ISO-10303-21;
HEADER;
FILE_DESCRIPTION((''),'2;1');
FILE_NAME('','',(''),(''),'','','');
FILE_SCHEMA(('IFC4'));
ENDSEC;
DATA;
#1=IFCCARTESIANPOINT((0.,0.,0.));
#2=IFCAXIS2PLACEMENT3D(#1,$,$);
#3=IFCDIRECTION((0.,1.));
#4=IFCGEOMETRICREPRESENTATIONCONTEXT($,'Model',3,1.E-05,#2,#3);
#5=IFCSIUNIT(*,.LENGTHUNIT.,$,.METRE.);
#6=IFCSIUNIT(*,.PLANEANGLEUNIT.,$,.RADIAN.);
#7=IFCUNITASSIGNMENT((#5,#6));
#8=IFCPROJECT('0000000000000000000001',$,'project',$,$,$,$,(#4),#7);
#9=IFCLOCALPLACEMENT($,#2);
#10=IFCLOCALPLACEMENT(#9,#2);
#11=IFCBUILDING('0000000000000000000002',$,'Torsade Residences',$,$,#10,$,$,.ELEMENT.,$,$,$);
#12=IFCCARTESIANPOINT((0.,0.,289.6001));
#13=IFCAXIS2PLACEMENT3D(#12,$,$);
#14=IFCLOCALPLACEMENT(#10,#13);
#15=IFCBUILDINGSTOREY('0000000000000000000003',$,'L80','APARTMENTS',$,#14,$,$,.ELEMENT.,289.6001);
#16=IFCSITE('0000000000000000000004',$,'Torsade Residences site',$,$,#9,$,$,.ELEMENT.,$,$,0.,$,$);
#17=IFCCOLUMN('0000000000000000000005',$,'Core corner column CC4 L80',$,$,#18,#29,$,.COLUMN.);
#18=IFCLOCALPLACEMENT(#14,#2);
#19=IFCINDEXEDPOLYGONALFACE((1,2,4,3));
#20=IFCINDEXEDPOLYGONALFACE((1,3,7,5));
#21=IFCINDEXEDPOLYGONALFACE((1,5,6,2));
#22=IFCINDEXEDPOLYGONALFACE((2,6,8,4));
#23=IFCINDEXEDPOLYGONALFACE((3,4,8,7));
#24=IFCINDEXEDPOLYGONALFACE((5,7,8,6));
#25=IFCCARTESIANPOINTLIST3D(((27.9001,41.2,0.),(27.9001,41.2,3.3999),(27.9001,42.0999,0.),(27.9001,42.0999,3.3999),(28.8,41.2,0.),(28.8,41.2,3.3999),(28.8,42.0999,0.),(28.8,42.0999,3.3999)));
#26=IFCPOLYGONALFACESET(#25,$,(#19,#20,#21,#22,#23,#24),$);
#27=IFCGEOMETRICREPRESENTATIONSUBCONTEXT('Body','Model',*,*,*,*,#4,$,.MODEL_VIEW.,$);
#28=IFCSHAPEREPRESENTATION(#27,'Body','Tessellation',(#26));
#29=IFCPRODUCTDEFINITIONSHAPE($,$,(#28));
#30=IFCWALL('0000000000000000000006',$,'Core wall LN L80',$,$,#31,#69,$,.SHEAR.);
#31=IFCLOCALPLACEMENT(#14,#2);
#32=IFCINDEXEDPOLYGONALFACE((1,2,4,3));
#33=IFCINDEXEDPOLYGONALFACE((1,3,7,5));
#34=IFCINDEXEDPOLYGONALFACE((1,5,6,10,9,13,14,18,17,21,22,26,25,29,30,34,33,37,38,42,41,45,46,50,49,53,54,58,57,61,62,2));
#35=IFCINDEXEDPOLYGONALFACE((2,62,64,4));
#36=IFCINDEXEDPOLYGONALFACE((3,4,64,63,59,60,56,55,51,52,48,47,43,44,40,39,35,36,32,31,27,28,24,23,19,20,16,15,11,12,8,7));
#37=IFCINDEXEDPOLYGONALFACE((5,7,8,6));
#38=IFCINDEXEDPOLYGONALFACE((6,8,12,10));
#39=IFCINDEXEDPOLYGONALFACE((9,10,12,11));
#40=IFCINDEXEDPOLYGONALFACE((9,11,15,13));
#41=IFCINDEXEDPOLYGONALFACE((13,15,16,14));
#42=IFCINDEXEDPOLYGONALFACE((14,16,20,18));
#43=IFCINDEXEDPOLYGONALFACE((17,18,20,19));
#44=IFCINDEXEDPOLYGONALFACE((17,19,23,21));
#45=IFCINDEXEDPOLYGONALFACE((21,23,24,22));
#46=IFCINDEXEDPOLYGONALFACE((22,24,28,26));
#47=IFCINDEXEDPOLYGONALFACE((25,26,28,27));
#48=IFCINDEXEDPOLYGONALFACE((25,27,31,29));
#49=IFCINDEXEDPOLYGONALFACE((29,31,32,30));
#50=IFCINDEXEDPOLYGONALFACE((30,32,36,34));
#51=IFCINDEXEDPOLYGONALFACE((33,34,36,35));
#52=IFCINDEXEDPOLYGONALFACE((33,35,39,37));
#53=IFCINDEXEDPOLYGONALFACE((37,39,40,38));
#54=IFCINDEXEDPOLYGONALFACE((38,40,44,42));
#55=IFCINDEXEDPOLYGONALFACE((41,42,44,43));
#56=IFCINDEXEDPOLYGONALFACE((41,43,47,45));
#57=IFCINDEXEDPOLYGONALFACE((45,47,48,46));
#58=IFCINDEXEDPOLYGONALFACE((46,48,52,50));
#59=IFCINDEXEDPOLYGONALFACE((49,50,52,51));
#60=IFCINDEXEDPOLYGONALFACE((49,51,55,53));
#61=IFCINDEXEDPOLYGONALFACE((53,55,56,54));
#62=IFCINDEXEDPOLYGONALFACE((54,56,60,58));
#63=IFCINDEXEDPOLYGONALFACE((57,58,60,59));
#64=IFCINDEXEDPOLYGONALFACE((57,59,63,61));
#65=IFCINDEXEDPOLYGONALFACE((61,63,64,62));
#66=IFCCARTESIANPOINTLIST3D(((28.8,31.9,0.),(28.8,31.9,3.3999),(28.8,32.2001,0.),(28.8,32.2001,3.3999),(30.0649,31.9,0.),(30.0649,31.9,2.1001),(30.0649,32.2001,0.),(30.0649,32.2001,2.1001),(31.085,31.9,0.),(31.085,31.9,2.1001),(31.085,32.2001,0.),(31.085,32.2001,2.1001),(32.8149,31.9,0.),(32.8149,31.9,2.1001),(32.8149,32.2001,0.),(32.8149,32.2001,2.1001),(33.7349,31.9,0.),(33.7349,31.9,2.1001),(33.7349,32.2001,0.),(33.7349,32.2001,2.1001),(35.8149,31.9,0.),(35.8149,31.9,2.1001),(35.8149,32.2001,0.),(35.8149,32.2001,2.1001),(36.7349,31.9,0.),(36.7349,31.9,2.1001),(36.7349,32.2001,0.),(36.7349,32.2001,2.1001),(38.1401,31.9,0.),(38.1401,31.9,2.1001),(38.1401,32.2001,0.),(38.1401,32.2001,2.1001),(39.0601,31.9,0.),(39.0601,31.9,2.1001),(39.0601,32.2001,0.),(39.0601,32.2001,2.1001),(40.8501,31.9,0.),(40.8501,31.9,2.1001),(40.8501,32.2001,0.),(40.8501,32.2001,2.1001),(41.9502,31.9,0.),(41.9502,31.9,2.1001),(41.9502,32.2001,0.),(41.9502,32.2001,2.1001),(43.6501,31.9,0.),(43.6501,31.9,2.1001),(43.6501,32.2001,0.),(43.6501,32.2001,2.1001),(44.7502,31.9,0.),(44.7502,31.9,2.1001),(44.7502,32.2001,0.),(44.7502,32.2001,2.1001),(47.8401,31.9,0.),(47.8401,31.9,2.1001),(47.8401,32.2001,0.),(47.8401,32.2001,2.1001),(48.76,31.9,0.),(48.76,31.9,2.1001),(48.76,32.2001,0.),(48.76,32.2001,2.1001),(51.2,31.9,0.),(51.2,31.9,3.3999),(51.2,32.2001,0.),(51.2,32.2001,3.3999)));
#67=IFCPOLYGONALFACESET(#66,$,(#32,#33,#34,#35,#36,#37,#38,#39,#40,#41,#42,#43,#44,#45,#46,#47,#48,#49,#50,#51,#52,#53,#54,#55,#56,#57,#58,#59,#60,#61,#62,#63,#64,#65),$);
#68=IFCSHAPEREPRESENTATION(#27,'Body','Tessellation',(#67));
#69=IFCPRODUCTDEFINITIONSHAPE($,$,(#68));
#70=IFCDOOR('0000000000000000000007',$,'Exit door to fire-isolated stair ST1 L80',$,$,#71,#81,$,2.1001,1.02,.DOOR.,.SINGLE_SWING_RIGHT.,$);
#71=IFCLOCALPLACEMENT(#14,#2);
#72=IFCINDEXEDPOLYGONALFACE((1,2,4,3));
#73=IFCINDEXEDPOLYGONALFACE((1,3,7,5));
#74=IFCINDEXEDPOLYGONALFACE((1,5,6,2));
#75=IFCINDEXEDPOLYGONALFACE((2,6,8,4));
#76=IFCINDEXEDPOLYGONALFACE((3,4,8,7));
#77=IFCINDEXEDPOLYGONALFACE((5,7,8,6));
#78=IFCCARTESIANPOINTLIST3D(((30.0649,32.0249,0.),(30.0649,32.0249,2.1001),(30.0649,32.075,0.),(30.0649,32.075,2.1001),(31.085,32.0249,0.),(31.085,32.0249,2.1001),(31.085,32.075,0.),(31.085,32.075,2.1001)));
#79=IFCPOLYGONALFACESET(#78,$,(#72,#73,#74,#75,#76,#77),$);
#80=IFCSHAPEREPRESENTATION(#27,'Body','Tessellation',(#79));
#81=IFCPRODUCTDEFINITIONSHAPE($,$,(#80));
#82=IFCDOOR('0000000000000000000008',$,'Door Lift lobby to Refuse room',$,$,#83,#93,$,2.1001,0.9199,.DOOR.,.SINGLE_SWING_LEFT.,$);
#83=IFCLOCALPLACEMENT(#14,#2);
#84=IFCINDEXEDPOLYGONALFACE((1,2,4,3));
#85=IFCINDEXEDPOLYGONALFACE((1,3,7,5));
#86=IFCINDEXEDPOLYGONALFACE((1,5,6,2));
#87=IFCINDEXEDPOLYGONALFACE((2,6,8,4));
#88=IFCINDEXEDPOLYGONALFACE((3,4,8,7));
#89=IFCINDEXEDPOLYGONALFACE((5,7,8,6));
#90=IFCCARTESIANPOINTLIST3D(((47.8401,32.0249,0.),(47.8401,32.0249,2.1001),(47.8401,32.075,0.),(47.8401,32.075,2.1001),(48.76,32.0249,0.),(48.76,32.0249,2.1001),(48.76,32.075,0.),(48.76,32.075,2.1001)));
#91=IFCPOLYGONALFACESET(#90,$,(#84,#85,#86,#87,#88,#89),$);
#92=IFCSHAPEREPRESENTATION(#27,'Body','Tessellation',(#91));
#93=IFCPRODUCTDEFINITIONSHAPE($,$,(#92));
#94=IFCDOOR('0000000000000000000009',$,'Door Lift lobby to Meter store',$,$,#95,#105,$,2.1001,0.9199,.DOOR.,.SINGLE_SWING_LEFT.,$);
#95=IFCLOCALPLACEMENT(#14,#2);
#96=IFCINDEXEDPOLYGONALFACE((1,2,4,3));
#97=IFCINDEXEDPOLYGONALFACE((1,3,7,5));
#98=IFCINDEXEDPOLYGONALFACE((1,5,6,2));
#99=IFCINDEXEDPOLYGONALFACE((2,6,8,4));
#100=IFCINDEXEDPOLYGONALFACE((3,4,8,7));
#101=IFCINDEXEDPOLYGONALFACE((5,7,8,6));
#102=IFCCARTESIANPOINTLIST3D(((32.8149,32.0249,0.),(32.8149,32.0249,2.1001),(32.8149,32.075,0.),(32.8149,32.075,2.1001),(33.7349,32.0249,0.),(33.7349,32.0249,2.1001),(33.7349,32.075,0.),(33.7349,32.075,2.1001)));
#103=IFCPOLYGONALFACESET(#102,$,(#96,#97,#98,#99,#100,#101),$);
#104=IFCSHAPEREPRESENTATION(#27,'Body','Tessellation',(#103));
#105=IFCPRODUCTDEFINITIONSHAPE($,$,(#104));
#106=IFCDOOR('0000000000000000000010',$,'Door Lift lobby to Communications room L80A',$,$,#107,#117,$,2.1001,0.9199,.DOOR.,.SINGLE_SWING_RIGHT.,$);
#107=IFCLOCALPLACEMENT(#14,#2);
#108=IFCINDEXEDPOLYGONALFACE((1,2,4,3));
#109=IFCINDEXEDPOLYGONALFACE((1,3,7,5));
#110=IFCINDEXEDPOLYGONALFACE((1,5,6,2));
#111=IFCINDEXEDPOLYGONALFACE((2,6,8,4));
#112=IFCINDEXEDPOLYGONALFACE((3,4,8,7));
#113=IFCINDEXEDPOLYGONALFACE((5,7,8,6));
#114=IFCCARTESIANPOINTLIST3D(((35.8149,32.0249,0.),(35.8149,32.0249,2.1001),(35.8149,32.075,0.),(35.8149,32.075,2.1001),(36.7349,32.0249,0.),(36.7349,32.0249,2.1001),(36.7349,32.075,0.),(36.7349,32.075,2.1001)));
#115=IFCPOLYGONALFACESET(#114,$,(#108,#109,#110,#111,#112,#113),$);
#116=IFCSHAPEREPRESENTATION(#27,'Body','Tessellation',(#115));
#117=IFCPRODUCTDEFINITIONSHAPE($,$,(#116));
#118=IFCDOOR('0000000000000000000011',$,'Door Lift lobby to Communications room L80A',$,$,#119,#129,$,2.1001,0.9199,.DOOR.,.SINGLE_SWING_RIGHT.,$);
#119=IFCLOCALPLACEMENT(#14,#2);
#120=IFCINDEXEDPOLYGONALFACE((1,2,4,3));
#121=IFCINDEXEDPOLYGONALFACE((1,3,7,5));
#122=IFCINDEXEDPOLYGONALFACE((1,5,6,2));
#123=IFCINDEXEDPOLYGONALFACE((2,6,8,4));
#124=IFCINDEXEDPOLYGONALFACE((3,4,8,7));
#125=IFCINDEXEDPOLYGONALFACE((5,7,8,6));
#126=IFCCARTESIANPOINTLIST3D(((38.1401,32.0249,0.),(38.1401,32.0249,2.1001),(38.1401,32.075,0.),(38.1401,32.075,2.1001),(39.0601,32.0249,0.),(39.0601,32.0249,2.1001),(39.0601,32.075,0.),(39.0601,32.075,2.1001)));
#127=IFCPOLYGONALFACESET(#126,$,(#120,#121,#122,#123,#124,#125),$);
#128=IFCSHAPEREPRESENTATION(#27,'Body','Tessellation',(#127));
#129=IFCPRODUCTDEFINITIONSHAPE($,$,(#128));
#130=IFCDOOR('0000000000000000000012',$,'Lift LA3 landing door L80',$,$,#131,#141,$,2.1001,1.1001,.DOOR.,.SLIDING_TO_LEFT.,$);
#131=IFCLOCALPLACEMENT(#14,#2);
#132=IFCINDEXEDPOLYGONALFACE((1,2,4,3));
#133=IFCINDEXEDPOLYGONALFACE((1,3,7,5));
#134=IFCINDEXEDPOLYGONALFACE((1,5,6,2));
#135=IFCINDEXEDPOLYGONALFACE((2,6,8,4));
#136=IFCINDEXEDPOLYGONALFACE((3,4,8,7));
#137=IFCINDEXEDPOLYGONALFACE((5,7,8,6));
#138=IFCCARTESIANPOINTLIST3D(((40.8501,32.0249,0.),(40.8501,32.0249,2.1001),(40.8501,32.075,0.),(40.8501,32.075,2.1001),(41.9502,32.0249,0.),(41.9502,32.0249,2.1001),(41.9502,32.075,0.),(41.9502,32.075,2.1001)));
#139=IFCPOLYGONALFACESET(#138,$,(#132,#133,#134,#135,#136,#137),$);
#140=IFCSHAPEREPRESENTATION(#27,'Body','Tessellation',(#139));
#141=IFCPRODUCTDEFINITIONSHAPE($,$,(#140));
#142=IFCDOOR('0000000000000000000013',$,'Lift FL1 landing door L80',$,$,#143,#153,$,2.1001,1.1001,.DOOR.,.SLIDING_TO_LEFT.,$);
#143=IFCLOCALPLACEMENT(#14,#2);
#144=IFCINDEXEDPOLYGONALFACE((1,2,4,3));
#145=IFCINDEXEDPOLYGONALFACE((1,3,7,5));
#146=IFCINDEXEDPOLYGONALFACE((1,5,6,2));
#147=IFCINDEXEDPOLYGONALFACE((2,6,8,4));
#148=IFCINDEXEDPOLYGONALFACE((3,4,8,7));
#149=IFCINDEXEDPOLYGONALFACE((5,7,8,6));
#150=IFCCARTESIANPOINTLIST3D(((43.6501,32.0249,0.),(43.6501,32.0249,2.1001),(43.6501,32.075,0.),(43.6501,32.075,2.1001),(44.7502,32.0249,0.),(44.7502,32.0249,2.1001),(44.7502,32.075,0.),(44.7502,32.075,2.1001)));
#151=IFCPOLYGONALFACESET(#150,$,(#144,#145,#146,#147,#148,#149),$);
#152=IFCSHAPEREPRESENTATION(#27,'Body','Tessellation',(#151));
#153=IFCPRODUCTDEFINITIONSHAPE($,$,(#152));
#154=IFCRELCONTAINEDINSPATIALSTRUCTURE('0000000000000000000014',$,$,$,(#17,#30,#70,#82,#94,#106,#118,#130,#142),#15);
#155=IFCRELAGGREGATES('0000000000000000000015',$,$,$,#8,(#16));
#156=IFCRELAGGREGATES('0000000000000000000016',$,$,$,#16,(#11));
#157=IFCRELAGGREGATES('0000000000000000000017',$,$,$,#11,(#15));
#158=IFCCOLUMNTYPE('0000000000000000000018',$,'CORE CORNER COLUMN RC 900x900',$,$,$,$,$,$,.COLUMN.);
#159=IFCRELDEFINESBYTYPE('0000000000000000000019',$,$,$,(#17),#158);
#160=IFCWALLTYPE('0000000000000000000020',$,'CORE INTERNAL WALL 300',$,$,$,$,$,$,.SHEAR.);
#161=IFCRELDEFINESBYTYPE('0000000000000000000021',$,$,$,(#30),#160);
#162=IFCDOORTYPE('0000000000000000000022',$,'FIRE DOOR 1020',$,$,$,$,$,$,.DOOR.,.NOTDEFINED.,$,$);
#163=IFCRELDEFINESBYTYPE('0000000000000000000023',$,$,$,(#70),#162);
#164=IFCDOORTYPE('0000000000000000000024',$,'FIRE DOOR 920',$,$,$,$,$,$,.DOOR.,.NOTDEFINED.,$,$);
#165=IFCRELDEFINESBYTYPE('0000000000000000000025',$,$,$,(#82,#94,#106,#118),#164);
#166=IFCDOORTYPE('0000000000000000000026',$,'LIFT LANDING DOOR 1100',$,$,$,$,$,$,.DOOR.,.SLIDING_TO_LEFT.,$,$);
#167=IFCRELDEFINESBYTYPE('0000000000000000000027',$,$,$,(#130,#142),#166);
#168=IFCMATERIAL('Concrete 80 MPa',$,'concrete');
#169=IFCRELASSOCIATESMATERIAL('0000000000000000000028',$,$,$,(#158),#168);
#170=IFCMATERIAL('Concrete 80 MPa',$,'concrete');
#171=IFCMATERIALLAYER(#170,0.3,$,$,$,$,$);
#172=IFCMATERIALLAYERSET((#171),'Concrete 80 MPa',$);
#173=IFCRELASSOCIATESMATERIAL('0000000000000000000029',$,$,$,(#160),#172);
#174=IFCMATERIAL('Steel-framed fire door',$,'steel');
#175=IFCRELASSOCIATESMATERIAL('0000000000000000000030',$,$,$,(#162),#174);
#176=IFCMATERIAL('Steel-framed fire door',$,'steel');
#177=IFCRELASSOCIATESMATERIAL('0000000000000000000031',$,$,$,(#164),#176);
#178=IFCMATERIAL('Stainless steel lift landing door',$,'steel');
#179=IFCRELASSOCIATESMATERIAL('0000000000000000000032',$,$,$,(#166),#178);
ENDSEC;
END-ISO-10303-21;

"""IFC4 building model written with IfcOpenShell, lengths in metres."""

from ifc_helpers import new_model, si_unit, direction, frame, frame_2d, origin, origin_2d, place, context, subcontext, project, spatial, rectangle, extrude, material, layer, layer_set, material_profile, profile_set, type_object, element, fill, save


model = new_model("IFC4")

# Units and contexts
model_context = context("Model", 3, precision=1e-05, world=origin(), true_north=direction((0.0, 1.0)))
body_context = subcontext(model_context, "Body", "Model", "MODEL_VIEW")
ifc_project = project(units=[si_unit("LENGTHUNIT", "METRE"), si_unit("PLANEANGLEUNIT", "RADIAN")], contexts=[model_context])

# Site, building, storey
site_placement = place(None, origin())
site = spatial("IfcSite", under=ifc_project, at=site_placement, Name="Torsade Residences site", CompositionType="ELEMENT", RefElevation=0.0)
building_placement = place(site_placement, origin())
building = spatial("IfcBuilding", under=site, at=building_placement, Name="Torsade Residences", CompositionType="ELEMENT")
storey_placement = place(building_placement, frame((0.0, 0.0, 289.6001)))
storey = spatial("IfcBuildingStorey", under=building, at=storey_placement, Name="L80", Description="APARTMENTS", CompositionType="ELEMENT", Elevation=289.6001)

# Column
ifc_material_1 = material(Name="Concrete 80 MPa", Category="concrete")
ifc_material_profile = material_profile(ifc_material_1, rectangle(XDim=0.8999, YDim=0.8999, at=origin_2d()), Name="RC 900x900")
ifc_profile_set = profile_set([ifc_material_profile], Name="Concrete 80 MPa")
column_type = type_object("IfcColumnType", Name="CORE CORNER COLUMN RC 900x900", PredefinedType="COLUMN", material=ifc_profile_set)
column_placement = place(storey_placement, frame((28.3501, 41.6499, 0.0), z_axis=(0.0, 0.0, 1.0), x_axis=(1.0, 0.0, 0.0)))
element("IfcColumn", 1, at=column_placement, inside=storey, type_object=column_type, Name="Core corner column CC4 L80", PredefinedType="COLUMN", context=body_context, shape_type="SweptSolid", body=[
    extrude(rectangle(XDim=0.8999, YDim=0.8999, at=origin_2d()), origin(), (0.0, 0.0, 1.0), 3.3999),
])

# Wall, openings, doors
ifc_material_2 = material(Name="Concrete 80 MPa", Category="concrete")
ifc_layer_1 = layer(ifc_material_2, 0.3)
ifc_layer_set_1 = layer_set([ifc_layer_1], Name="Concrete 80 MPa")
wall_type_1 = type_object("IfcWallType", Name="CORE INTERNAL WALL 300", PredefinedType="SHEAR", material=ifc_layer_set_1)
wall_1_placement = place(storey_placement, frame((28.8, 32.05, 0.0), z_axis=(0.0, 0.0, 1.0), x_axis=(1.0, 0.0, 0.0)))
wall_1 = element("IfcWall", 2, at=wall_1_placement, inside=storey, type_object=wall_type_1, Name="Core wall LN L80", PredefinedType="SHEAR", context=body_context, shape_type="SweptSolid", body=[
    extrude(rectangle(XDim=22.3999, YDim=0.3, at=frame_2d((11.2, 0.0))), origin(), (0.0, 0.0, 1.0), 3.3999),
])
opening_1_placement = place(wall_1_placement, frame((19.04, 0.0, 0.0)))
opening_1 = element("IfcOpeningElement", 3, at=opening_1_placement, cuts=wall_1, PredefinedType="OPENING", context=body_context, shape_type="SweptSolid", body=[
    extrude(rectangle(XDim=0.9199, YDim=2.1001, at=frame_2d((0.46, 1.05))), frame((0.0, 0.1599, 0.0), z_axis=(0.0, -1.0, 0.0), x_axis=(1.0, 0.0, 0.0)), (0.0, 0.0, 1.0), 0.3201),
])
opening_2_placement = place(wall_1_placement, frame((1.2649, 0.0, 0.0)))
opening_2 = element("IfcOpeningElement", 4, at=opening_2_placement, cuts=wall_1, PredefinedType="OPENING", context=body_context, shape_type="SweptSolid", body=[
    extrude(rectangle(XDim=1.02, YDim=2.1001, at=frame_2d((0.51, 1.05))), frame((0.0, 0.1599, 0.0), z_axis=(0.0, -1.0, 0.0), x_axis=(1.0, 0.0, 0.0)), (0.0, 0.0, 1.0), 0.3201),
])
opening_3_placement = place(wall_1_placement, frame((4.0149, 0.0, 0.0)))
opening_3 = element("IfcOpeningElement", 5, at=opening_3_placement, cuts=wall_1, PredefinedType="OPENING", context=body_context, shape_type="SweptSolid", body=[
    extrude(rectangle(XDim=0.9199, YDim=2.1001, at=frame_2d((0.46, 1.05))), frame((0.0, 0.1599, 0.0), z_axis=(0.0, -1.0, 0.0), x_axis=(1.0, 0.0, 0.0)), (0.0, 0.0, 1.0), 0.3201),
])
opening_4_placement = place(wall_1_placement, frame((7.0149, 0.0, 0.0)))
opening_4 = element("IfcOpeningElement", 6, at=opening_4_placement, cuts=wall_1, PredefinedType="OPENING", context=body_context, shape_type="SweptSolid", body=[
    extrude(rectangle(XDim=0.9199, YDim=2.1001, at=frame_2d((0.46, 1.05))), frame((0.0, 0.1599, 0.0), z_axis=(0.0, -1.0, 0.0), x_axis=(1.0, 0.0, 0.0)), (0.0, 0.0, 1.0), 0.3201),
])
opening_5_placement = place(wall_1_placement, frame((9.3401, 0.0, 0.0)))
opening_5 = element("IfcOpeningElement", 7, at=opening_5_placement, cuts=wall_1, PredefinedType="OPENING", context=body_context, shape_type="SweptSolid", body=[
    extrude(rectangle(XDim=0.9199, YDim=2.1001, at=frame_2d((0.46, 1.05))), frame((0.0, 0.1599, 0.0), z_axis=(0.0, -1.0, 0.0), x_axis=(1.0, 0.0, 0.0)), (0.0, 0.0, 1.0), 0.3201),
])
opening_6_placement = place(wall_1_placement, frame((12.05, 0.0, 0.0)))
opening_6 = element("IfcOpeningElement", 8, at=opening_6_placement, cuts=wall_1, PredefinedType="OPENING", context=body_context, shape_type="SweptSolid", body=[
    extrude(rectangle(XDim=1.1001, YDim=2.1001, at=frame_2d((0.55, 1.05))), frame((0.0, 0.1599, 0.0), z_axis=(0.0, -1.0, 0.0), x_axis=(1.0, 0.0, 0.0)), (0.0, 0.0, 1.0), 0.3201),
])
opening_7_placement = place(wall_1_placement, frame((14.8501, 0.0, 0.0)))
opening_7 = element("IfcOpeningElement", 9, at=opening_7_placement, cuts=wall_1, PredefinedType="OPENING", context=body_context, shape_type="SweptSolid", body=[
    extrude(rectangle(XDim=1.1001, YDim=2.1001, at=frame_2d((0.55, 1.05))), frame((0.0, 0.1599, 0.0), z_axis=(0.0, -1.0, 0.0), x_axis=(1.0, 0.0, 0.0)), (0.0, 0.0, 1.0), 0.3201),
])
ifc_material_3 = material(Name="Steel-framed fire door", Category="steel")
door_type_1 = type_object("IfcDoorType", Name="FIRE DOOR 1020", OperationType="NOTDEFINED", PredefinedType="DOOR", material=ifc_material_3)
door_1_placement = place(opening_2_placement, origin())
door_1 = element("IfcDoor", 10, at=door_1_placement, inside=storey, type_object=door_type_1, Name="Exit door to fire-isolated stair ST1 L80", OperationType="SINGLE_SWING_RIGHT", OverallHeight=2.1001, OverallWidth=1.02, PredefinedType="DOOR", context=body_context, shape_type="SweptSolid", body=[
    extrude(rectangle(XDim=1.02, YDim=2.1001, at=frame_2d((0.51, 1.05))), frame((0.0, 0.0249, 0.0), z_axis=(0.0, -1.0, 0.0), x_axis=(1.0, 0.0, 0.0)), (0.0, 0.0, 1.0), 0.05),
])
fill(opening_2, door_1)
ifc_material_4 = material(Name="Steel-framed fire door", Category="steel")
door_type_2 = type_object("IfcDoorType", Name="FIRE DOOR 920", OperationType="NOTDEFINED", PredefinedType="DOOR", material=ifc_material_4)
door_2_placement = place(opening_1_placement, origin())
door_2 = element("IfcDoor", 11, at=door_2_placement, inside=storey, type_object=door_type_2, Name="Door Lift lobby to Refuse room", OperationType="SINGLE_SWING_LEFT", OverallHeight=2.1001, OverallWidth=0.9199, PredefinedType="DOOR", context=body_context, shape_type="SweptSolid", body=[
    extrude(rectangle(XDim=0.9199, YDim=2.1001, at=frame_2d((0.46, 1.05))), frame((0.0, 0.0249, 0.0), z_axis=(0.0, -1.0, 0.0), x_axis=(1.0, 0.0, 0.0)), (0.0, 0.0, 1.0), 0.05),
])
fill(opening_1, door_2)
door_3_placement = place(opening_3_placement, origin())
door_3 = element("IfcDoor", 12, at=door_3_placement, inside=storey, type_object=door_type_2, Name="Door Lift lobby to Meter store", OperationType="SINGLE_SWING_LEFT", OverallHeight=2.1001, OverallWidth=0.9199, PredefinedType="DOOR", context=body_context, shape_type="SweptSolid", body=[
    extrude(rectangle(XDim=0.9199, YDim=2.1001, at=frame_2d((0.46, 1.05))), frame((0.0, 0.0249, 0.0), z_axis=(0.0, -1.0, 0.0), x_axis=(1.0, 0.0, 0.0)), (0.0, 0.0, 1.0), 0.05),
])
fill(opening_3, door_3)
door_4_placement = place(opening_4_placement, origin())
door_4 = element("IfcDoor", 13, at=door_4_placement, inside=storey, type_object=door_type_2, Name="Door Lift lobby to Communications room L80A", OperationType="SINGLE_SWING_RIGHT", OverallHeight=2.1001, OverallWidth=0.9199, PredefinedType="DOOR", context=body_context, shape_type="SweptSolid", body=[
    extrude(rectangle(XDim=0.9199, YDim=2.1001, at=frame_2d((0.46, 1.05))), frame((0.0, 0.0249, 0.0), z_axis=(0.0, -1.0, 0.0), x_axis=(1.0, 0.0, 0.0)), (0.0, 0.0, 1.0), 0.05),
])
fill(opening_4, door_4)
door_5_placement = place(opening_5_placement, origin())
door_5 = element("IfcDoor", 14, at=door_5_placement, inside=storey, type_object=door_type_2, Name="Door Lift lobby to Communications room L80A", OperationType="SINGLE_SWING_RIGHT", OverallHeight=2.1001, OverallWidth=0.9199, PredefinedType="DOOR", context=body_context, shape_type="SweptSolid", body=[
    extrude(rectangle(XDim=0.9199, YDim=2.1001, at=frame_2d((0.46, 1.05))), frame((0.0, 0.0249, 0.0), z_axis=(0.0, -1.0, 0.0), x_axis=(1.0, 0.0, 0.0)), (0.0, 0.0, 1.0), 0.05),
])
fill(opening_5, door_5)
ifc_material_5 = material(Name="Stainless steel lift landing door", Category="steel")
door_type_3 = type_object("IfcDoorType", Name="LIFT LANDING DOOR 1100", OperationType="SLIDING_TO_LEFT", PredefinedType="DOOR", material=ifc_material_5)
door_6_placement = place(opening_6_placement, origin())
door_6 = element("IfcDoor", 15, at=door_6_placement, inside=storey, type_object=door_type_3, Name="Lift LA3 landing door L80", OperationType="SLIDING_TO_LEFT", OverallHeight=2.1001, OverallWidth=1.1001, PredefinedType="DOOR", context=body_context, shape_type="SweptSolid", body=[
    extrude(rectangle(XDim=1.1001, YDim=2.1001, at=frame_2d((0.55, 1.05))), frame((0.0, 0.0249, 0.0), z_axis=(0.0, -1.0, 0.0), x_axis=(1.0, 0.0, 0.0)), (0.0, 0.0, 1.0), 0.05),
])
fill(opening_6, door_6)
door_7_placement = place(opening_7_placement, origin())
door_7 = element("IfcDoor", 16, at=door_7_placement, inside=storey, type_object=door_type_3, Name="Lift FL1 landing door L80", OperationType="SLIDING_TO_LEFT", OverallHeight=2.1001, OverallWidth=1.1001, PredefinedType="DOOR", context=body_context, shape_type="SweptSolid", body=[
    extrude(rectangle(XDim=1.1001, YDim=2.1001, at=frame_2d((0.55, 1.05))), frame((0.0, 0.0249, 0.0), z_axis=(0.0, -1.0, 0.0), x_axis=(1.0, 0.0, 0.0)), (0.0, 0.0, 1.0), 0.05),
])
fill(opening_7, door_7)

save(model, "model.ifc")
